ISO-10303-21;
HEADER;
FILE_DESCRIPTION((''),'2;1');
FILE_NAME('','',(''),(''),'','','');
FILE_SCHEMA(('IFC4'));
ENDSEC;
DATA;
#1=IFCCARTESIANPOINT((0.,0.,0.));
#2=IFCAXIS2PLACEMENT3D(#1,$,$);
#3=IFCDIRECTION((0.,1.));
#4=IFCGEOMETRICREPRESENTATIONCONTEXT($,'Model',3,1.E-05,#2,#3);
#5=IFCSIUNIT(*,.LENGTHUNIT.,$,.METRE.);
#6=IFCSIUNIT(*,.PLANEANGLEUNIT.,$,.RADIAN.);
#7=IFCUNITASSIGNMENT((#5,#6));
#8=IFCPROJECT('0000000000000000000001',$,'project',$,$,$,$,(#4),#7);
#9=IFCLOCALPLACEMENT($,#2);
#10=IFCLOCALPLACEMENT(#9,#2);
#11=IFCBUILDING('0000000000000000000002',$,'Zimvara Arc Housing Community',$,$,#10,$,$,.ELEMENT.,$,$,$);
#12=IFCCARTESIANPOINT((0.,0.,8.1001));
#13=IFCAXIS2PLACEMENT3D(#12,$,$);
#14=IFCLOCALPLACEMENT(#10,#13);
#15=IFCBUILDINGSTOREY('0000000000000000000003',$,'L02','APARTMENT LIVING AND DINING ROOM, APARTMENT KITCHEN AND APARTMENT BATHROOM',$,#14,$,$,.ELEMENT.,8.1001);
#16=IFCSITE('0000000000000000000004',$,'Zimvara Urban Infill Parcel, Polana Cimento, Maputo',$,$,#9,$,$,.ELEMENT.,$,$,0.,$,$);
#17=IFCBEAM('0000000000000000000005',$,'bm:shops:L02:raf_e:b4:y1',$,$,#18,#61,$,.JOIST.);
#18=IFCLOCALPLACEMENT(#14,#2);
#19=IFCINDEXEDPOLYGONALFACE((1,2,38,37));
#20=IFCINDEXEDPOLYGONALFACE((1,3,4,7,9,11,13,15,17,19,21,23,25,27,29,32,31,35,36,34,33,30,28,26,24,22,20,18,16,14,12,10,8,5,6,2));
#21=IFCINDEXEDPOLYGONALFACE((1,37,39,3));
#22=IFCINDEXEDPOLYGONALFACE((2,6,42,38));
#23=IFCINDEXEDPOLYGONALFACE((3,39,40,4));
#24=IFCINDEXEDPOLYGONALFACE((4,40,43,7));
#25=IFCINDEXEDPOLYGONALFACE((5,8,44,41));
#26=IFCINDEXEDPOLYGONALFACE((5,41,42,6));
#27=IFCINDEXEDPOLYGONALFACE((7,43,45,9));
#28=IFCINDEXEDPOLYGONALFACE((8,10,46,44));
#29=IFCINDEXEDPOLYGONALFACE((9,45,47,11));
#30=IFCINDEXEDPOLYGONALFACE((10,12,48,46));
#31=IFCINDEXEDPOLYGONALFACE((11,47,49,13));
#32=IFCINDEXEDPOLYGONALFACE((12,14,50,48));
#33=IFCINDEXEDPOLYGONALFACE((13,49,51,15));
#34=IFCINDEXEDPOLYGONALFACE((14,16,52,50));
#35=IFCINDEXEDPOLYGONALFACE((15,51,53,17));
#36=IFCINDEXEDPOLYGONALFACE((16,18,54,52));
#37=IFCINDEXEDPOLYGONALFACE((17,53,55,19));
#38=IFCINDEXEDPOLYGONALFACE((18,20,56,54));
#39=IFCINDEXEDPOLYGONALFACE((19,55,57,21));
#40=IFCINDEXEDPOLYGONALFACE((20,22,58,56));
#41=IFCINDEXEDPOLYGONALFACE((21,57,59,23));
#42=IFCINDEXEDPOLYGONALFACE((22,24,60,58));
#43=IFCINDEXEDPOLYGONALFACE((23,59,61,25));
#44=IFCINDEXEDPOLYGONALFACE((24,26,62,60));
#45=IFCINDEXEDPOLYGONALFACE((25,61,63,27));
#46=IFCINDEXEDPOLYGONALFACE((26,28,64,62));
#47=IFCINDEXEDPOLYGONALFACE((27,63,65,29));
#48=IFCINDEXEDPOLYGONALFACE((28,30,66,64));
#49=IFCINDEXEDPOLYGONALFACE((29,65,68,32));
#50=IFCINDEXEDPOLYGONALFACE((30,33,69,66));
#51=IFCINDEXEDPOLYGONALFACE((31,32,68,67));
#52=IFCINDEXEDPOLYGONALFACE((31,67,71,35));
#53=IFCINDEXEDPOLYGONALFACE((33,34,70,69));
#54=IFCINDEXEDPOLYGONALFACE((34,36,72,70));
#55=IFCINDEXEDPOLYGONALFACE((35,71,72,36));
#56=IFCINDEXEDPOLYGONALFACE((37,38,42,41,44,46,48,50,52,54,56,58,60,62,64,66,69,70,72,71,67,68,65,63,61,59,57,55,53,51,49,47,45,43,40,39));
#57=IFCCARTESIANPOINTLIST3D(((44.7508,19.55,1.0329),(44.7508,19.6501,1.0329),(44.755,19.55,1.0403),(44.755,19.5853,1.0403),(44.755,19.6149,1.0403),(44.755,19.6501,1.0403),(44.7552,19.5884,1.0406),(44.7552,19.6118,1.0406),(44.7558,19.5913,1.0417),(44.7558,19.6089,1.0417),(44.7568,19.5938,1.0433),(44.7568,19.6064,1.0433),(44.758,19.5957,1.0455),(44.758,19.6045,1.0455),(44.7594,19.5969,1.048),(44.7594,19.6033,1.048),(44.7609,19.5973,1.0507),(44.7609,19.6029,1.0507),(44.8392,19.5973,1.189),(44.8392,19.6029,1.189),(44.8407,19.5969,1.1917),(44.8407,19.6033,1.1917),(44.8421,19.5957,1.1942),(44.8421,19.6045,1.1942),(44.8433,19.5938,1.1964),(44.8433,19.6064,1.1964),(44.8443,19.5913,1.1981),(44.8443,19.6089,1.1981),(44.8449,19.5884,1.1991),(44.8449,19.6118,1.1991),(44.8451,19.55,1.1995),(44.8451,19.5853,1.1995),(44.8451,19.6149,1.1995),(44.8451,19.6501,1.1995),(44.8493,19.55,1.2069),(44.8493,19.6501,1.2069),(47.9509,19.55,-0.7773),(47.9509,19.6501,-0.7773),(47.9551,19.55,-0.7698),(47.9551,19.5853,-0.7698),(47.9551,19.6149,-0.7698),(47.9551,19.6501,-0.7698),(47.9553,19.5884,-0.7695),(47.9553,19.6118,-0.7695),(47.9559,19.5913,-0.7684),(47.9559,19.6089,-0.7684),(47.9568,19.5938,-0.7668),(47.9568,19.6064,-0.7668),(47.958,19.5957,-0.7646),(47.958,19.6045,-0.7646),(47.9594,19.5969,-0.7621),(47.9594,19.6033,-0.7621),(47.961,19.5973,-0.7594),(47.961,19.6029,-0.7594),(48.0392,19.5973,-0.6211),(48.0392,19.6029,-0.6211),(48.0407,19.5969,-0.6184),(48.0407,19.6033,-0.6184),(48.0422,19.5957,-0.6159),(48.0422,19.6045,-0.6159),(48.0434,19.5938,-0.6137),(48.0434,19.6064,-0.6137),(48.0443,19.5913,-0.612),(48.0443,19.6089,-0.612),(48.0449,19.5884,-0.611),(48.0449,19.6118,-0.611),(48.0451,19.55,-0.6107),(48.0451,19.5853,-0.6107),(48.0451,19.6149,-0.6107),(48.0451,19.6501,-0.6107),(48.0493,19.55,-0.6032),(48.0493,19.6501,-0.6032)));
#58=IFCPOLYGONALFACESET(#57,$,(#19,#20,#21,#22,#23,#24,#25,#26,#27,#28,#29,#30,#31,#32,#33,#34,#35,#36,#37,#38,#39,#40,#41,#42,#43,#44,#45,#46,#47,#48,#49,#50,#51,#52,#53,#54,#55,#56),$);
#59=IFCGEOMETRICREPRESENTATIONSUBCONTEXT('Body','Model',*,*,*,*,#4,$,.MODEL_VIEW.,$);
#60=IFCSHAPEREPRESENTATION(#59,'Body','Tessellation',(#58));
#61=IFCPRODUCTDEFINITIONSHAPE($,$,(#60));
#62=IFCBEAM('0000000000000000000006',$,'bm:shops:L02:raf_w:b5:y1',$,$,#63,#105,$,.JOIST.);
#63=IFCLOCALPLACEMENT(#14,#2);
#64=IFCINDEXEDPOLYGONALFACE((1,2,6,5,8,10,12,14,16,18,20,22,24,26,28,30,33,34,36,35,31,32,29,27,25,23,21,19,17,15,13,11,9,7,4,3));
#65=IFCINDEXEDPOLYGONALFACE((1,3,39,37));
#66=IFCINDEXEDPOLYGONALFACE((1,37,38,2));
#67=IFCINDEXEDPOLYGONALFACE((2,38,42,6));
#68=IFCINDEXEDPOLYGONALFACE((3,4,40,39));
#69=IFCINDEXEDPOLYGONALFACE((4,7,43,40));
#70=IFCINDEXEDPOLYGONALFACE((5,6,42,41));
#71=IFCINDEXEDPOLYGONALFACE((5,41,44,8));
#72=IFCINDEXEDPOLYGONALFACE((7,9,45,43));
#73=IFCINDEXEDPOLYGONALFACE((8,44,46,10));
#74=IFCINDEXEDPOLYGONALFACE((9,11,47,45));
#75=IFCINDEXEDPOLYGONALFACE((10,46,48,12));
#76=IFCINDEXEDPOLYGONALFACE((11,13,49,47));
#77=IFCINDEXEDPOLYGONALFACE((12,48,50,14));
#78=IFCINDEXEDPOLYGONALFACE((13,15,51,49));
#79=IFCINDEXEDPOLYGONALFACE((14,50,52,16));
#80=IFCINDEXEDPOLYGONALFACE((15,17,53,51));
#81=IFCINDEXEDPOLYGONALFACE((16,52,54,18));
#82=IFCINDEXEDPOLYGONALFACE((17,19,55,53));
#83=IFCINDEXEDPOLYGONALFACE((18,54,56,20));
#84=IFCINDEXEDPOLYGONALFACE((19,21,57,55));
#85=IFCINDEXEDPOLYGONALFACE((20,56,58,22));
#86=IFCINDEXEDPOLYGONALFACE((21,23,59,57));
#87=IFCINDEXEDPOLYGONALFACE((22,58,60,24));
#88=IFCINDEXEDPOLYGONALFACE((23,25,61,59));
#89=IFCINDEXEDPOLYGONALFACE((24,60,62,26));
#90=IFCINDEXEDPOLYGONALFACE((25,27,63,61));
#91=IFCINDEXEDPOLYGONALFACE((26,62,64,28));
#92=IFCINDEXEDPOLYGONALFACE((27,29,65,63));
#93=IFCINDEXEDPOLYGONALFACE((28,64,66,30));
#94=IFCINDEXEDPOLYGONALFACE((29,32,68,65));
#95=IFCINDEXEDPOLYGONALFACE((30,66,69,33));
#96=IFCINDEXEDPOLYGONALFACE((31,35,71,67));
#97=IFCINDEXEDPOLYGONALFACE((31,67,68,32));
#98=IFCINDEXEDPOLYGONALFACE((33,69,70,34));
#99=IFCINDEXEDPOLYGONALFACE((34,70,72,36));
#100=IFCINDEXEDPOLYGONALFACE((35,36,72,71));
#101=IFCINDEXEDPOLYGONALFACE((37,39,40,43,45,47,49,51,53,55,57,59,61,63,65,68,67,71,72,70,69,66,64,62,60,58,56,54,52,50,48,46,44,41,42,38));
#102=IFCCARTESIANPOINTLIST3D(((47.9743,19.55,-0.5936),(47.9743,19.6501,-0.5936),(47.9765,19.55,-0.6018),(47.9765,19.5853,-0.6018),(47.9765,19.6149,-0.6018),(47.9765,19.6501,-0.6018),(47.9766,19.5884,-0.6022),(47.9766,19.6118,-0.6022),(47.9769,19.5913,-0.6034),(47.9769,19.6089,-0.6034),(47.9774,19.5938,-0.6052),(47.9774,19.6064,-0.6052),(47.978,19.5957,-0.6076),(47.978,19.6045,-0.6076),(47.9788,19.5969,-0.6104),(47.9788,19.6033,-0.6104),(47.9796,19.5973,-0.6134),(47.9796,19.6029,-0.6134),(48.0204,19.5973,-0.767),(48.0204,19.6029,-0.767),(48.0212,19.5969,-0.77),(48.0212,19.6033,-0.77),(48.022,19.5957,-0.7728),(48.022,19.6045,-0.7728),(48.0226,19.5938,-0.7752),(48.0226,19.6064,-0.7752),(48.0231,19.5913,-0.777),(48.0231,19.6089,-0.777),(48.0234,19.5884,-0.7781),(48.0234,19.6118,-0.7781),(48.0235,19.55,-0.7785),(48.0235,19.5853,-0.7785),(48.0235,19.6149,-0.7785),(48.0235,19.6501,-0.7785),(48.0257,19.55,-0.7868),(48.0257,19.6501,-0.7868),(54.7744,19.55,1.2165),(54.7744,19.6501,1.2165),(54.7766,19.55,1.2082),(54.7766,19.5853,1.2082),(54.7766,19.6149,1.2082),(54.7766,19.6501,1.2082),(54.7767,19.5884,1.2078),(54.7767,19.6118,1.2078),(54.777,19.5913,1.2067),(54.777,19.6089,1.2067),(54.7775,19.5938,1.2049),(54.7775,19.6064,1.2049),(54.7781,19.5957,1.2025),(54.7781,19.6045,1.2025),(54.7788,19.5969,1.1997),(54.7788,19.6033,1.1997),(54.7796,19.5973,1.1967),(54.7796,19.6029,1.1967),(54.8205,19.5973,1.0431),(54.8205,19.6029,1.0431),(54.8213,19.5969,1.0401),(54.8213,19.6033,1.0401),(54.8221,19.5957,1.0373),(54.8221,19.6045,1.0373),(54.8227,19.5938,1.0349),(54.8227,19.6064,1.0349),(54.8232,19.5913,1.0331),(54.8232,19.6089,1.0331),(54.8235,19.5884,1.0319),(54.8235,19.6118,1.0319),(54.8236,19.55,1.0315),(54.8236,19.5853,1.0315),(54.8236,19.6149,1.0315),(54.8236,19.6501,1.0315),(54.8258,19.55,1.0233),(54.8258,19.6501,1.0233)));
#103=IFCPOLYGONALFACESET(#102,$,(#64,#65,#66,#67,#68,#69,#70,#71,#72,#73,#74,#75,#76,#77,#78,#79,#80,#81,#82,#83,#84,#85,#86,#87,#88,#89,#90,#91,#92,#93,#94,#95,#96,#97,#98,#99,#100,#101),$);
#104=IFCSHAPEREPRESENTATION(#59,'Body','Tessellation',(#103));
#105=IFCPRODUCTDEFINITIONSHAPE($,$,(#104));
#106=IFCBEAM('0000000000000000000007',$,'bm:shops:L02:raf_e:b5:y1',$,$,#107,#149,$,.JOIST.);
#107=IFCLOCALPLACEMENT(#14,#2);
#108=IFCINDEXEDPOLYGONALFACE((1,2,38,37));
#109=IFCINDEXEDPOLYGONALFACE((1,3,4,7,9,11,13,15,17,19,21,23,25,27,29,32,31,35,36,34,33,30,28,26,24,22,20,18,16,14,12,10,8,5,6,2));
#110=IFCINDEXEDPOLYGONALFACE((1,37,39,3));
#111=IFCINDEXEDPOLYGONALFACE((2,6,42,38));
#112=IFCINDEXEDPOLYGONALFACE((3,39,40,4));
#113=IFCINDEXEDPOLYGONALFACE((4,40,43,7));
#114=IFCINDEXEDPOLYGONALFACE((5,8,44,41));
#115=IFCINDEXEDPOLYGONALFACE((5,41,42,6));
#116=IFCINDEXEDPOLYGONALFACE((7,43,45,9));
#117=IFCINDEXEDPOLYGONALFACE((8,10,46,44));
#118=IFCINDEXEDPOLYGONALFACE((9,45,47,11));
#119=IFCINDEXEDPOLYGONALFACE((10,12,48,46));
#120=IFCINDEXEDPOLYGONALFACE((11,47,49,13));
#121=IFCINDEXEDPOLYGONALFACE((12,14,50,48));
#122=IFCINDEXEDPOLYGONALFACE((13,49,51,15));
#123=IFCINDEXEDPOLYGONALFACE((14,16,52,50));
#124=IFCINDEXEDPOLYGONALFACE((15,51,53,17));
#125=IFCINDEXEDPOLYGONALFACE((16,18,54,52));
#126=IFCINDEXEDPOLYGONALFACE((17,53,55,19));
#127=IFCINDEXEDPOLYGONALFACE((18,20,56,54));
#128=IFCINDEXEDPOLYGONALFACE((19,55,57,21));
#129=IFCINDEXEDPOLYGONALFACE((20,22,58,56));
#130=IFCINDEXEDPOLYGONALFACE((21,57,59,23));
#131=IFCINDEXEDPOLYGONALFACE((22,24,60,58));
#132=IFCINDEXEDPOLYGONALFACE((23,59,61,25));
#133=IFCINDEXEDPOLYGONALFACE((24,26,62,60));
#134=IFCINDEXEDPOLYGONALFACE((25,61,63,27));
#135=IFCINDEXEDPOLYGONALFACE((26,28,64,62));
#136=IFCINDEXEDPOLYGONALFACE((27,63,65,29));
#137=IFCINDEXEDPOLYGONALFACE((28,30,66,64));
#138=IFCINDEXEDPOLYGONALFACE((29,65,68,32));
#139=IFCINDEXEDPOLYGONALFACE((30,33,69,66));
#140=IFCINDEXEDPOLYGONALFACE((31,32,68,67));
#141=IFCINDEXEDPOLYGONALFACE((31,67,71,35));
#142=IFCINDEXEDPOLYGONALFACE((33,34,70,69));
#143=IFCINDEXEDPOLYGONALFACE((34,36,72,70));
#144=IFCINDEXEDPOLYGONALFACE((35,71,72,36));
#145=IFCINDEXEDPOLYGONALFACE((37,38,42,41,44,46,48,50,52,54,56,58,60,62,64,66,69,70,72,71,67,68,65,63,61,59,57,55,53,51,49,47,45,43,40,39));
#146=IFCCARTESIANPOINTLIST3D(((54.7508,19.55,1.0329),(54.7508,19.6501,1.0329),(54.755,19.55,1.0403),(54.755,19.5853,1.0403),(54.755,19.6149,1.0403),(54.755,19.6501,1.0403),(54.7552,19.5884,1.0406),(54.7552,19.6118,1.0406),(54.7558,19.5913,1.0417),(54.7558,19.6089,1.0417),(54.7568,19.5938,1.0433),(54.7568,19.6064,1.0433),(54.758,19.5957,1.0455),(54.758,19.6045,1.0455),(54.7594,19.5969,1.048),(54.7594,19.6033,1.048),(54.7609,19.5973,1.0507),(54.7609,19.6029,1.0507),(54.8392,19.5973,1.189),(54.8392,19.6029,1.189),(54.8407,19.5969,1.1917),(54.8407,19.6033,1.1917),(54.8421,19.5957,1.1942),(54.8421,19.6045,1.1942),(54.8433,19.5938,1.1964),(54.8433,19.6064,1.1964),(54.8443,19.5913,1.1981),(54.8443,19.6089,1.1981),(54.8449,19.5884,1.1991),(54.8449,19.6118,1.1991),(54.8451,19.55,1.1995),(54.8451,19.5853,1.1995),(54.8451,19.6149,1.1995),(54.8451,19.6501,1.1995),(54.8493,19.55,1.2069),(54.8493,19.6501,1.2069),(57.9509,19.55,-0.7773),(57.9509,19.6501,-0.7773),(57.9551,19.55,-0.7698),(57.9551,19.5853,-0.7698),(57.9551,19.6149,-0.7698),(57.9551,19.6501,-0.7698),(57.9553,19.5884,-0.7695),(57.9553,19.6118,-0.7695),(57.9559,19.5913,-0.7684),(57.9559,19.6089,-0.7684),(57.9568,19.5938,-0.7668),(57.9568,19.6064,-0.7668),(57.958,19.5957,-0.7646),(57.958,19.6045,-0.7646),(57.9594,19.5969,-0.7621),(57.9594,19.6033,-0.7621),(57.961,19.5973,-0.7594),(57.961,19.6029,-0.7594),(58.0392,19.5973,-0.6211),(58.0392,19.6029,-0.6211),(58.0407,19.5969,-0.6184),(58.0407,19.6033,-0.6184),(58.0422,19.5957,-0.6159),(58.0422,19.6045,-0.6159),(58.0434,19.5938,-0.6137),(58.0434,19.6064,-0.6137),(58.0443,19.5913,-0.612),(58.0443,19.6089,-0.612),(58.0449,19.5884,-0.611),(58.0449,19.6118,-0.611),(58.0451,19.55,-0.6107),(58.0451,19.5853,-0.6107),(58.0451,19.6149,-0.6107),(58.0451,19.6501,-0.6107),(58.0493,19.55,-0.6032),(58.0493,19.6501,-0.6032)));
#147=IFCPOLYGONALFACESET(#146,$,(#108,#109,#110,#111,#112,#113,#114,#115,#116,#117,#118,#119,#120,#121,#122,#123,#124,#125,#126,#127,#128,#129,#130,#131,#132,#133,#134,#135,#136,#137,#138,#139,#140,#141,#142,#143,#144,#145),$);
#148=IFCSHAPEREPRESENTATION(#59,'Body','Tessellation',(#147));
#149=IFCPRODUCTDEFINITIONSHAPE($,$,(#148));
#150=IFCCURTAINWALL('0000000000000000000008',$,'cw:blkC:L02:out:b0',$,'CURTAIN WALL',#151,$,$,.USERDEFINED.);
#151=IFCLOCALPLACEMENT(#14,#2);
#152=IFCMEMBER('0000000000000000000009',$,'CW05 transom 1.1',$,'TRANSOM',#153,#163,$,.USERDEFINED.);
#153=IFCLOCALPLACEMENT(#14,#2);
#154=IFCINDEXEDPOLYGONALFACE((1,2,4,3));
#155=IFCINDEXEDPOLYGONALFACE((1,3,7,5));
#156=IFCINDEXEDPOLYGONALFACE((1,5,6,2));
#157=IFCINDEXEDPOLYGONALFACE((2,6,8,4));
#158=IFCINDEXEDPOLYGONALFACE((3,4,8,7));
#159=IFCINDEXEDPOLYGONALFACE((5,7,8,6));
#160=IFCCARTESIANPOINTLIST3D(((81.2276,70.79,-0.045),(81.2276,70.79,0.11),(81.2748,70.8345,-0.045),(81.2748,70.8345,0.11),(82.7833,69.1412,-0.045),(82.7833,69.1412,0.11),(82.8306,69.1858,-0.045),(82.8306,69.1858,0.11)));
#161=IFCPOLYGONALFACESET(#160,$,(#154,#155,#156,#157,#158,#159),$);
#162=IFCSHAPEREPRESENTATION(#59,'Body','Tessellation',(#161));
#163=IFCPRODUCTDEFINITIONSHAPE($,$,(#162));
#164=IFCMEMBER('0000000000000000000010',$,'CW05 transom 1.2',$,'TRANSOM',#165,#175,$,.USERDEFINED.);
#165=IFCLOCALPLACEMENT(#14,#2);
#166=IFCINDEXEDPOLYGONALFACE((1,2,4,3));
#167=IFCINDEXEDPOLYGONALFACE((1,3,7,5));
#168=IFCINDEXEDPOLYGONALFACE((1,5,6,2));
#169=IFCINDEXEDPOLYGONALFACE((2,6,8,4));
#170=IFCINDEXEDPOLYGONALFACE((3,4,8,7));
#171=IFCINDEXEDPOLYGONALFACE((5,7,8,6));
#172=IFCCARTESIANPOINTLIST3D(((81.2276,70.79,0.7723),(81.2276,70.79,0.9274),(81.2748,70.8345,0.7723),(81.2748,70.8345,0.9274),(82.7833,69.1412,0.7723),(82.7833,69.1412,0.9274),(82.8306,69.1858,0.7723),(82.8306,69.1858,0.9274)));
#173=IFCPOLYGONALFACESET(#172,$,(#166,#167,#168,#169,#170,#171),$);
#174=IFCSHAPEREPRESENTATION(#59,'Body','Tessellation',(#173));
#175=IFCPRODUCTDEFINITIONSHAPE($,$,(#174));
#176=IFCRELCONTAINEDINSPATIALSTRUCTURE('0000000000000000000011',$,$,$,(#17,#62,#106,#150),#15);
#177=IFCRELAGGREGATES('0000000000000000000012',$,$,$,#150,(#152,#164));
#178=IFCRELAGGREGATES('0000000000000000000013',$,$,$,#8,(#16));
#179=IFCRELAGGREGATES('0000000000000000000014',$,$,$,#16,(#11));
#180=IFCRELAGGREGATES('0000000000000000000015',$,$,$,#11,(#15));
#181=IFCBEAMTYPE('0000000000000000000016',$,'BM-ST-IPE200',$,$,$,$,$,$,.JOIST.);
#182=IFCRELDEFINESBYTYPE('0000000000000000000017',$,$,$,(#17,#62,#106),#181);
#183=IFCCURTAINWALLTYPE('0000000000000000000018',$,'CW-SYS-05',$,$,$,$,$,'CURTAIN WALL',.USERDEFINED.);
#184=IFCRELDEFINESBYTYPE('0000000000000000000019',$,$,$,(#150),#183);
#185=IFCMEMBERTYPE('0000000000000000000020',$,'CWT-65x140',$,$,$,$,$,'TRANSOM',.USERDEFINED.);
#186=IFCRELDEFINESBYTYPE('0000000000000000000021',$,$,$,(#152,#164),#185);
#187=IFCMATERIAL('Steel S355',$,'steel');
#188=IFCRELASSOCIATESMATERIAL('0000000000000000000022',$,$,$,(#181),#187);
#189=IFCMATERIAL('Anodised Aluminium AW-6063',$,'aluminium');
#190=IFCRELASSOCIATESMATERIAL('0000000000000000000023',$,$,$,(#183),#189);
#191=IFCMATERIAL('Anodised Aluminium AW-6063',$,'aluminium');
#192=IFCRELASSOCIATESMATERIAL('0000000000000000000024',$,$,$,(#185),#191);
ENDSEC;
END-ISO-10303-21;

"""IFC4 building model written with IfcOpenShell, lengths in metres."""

from ifc_helpers import new_model, si_unit, direction, frame, origin, origin_2d, place, context, subcontext, project, spatial, rectangle, i_section, extrude, material, material_profile, profile_set, type_object, element, aggregate, save


model = new_model("IFC4")

# Units and contexts
model_context = context("Model", 3, precision=1e-05, world=origin(), true_north=direction((0.0, 1.0)))
body_context = subcontext(model_context, "Body", "Model", "MODEL_VIEW")
ifc_project = project(units=[si_unit("LENGTHUNIT", "METRE"), si_unit("PLANEANGLEUNIT", "RADIAN")], contexts=[model_context])

# Site, building, storey
site_placement = place(None, origin())
site = spatial("IfcSite", under=ifc_project, at=site_placement, Name="Zimvara Urban Infill Parcel, Polana Cimento, Maputo", CompositionType="ELEMENT", RefElevation=0.0)
building_placement = place(site_placement, origin())
building = spatial("IfcBuilding", under=site, at=building_placement, Name="Zimvara Arc Housing Community", CompositionType="ELEMENT")
storey_placement = place(building_placement, frame((0.0, 0.0, 8.1001)))
storey = spatial("IfcBuildingStorey", under=building, at=storey_placement, Name="L02", Description="APARTMENT LIVING AND DINING ROOM, APARTMENT KITCHEN AND APARTMENT BATHROOM", CompositionType="ELEMENT", Elevation=8.1001)

# Beams
ifc_material_1 = material(Name="Steel S355", Category="steel")
ifc_material_profile_1 = material_profile(ifc_material_1, i_section(OverallWidth=0.1001, OverallDepth=0.2, WebThickness=0.0056, FlangeThickness=0.0085, FilletRadius=0.012, at=origin_2d()), Name="IPE 200")
ifc_profile_set_1 = profile_set([ifc_material_profile_1], Name="Steel S355")
beam_type = type_object("IfcBeamType", Name="BM-ST-IPE200", PredefinedType="JOIST", material=ifc_profile_set_1)
beam_1_placement = place(storey_placement, frame((44.8, 19.6001, 1.1199), z_axis=(0.870401, 0.0, -0.492344), x_axis=(0.0, 1.0, 0.0)))
element("IfcBeam", 1, at=beam_1_placement, inside=storey, type_object=beam_type, Name="bm:shops:L02:raf_e:b4:y1", PredefinedType="JOIST", context=body_context, shape_type="SweptSolid", body=[
    extrude(i_section(OverallWidth=0.1001, OverallDepth=0.2, WebThickness=0.0056, FlangeThickness=0.0085, FilletRadius=0.012, at=origin_2d()), origin(), (0.0, 0.0, 1.0), 3.6765),
])
beam_2_placement = place(storey_placement, frame((48.0, 19.6001, -0.6902), z_axis=(0.966351, 0.0, 0.257226), x_axis=(0.0, 1.0, 0.0)))
element("IfcBeam", 2, at=beam_2_placement, inside=storey, type_object=beam_type, Name="bm:shops:L02:raf_w:b5:y1", PredefinedType="JOIST", context=body_context, shape_type="SweptSolid", body=[
    extrude(i_section(OverallWidth=0.1001, OverallDepth=0.2, WebThickness=0.0056, FlangeThickness=0.0085, FilletRadius=0.012, at=origin_2d()), origin(), (0.0, 0.0, 1.0), 7.0369),
])
beam_3_placement = place(storey_placement, frame((54.8, 19.6001, 1.1199), z_axis=(0.870401, 0.0, -0.492344), x_axis=(0.0, 1.0, 0.0)))
element("IfcBeam", 3, at=beam_3_placement, inside=storey, type_object=beam_type, Name="bm:shops:L02:raf_e:b5:y1", PredefinedType="JOIST", context=body_context, shape_type="SweptSolid", body=[
    extrude(i_section(OverallWidth=0.1001, OverallDepth=0.2, WebThickness=0.0056, FlangeThickness=0.0085, FilletRadius=0.012, at=origin_2d()), origin(), (0.0, 0.0, 1.0), 3.6765),
])

# Curtain wall, members
ifc_material_2 = material(Name="Anodised Aluminium AW-6063", Category="aluminium")
curtain_wall_type = type_object("IfcCurtainWallType", Name="CW-SYS-05", ElementType="CURTAIN WALL", PredefinedType="USERDEFINED", material=ifc_material_2)
curtain_wall_placement = place(storey_placement, origin())
curtain_wall = element("IfcCurtainWall", 4, at=curtain_wall_placement, inside=storey, type_object=curtain_wall_type, Name="cw:blkC:L02:out:b0", ObjectType="CURTAIN WALL", PredefinedType="USERDEFINED")
ifc_material_3 = material(Name="Anodised Aluminium AW-6063", Category="aluminium")
ifc_material_profile_2 = material_profile(ifc_material_3, rectangle(XDim=0.0649, YDim=0.155, at=origin_2d()), Name="ALU 65x155")
ifc_profile_set_2 = profile_set([ifc_material_profile_2], Name="Anodised Aluminium AW-6063")
member_type_1 = type_object("IfcMemberType", Name="CWT-65x140", ElementType="TRANSOM", PredefinedType="USERDEFINED", material=ifc_profile_set_2)
member_1_placement = place(storey_placement, frame((81.2512, 70.8123, 0.0325), z_axis=(0.686291, -0.727327, 0.0), x_axis=(0.727327, 0.686291, 0.0)))
member_1 = element("IfcMember", 5, at=member_1_placement, type_object=member_type_1, Name="CW05 transom 1.1", ObjectType="TRANSOM", PredefinedType="USERDEFINED", context=body_context, shape_type="SweptSolid", body=[
    extrude(rectangle(XDim=0.0649, YDim=0.155, at=origin_2d()), origin(), (0.0, 0.0, 1.0), 2.2668),
])
member_2_placement = place(storey_placement, frame((81.2512, 70.8123, 0.8499), z_axis=(0.686291, -0.727327, 0.0), x_axis=(0.727327, 0.686291, 0.0)))
member_2 = element("IfcMember", 6, at=member_2_placement, type_object=member_type_1, Name="CW05 transom 1.2", ObjectType="TRANSOM", PredefinedType="USERDEFINED", context=body_context, shape_type="SweptSolid", body=[
    extrude(rectangle(XDim=0.0649, YDim=0.155, at=origin_2d()), origin(), (0.0, 0.0, 1.0), 2.2668),
])

aggregate(curtain_wall, [member_1, member_2])

save(model, "model.ifc")
